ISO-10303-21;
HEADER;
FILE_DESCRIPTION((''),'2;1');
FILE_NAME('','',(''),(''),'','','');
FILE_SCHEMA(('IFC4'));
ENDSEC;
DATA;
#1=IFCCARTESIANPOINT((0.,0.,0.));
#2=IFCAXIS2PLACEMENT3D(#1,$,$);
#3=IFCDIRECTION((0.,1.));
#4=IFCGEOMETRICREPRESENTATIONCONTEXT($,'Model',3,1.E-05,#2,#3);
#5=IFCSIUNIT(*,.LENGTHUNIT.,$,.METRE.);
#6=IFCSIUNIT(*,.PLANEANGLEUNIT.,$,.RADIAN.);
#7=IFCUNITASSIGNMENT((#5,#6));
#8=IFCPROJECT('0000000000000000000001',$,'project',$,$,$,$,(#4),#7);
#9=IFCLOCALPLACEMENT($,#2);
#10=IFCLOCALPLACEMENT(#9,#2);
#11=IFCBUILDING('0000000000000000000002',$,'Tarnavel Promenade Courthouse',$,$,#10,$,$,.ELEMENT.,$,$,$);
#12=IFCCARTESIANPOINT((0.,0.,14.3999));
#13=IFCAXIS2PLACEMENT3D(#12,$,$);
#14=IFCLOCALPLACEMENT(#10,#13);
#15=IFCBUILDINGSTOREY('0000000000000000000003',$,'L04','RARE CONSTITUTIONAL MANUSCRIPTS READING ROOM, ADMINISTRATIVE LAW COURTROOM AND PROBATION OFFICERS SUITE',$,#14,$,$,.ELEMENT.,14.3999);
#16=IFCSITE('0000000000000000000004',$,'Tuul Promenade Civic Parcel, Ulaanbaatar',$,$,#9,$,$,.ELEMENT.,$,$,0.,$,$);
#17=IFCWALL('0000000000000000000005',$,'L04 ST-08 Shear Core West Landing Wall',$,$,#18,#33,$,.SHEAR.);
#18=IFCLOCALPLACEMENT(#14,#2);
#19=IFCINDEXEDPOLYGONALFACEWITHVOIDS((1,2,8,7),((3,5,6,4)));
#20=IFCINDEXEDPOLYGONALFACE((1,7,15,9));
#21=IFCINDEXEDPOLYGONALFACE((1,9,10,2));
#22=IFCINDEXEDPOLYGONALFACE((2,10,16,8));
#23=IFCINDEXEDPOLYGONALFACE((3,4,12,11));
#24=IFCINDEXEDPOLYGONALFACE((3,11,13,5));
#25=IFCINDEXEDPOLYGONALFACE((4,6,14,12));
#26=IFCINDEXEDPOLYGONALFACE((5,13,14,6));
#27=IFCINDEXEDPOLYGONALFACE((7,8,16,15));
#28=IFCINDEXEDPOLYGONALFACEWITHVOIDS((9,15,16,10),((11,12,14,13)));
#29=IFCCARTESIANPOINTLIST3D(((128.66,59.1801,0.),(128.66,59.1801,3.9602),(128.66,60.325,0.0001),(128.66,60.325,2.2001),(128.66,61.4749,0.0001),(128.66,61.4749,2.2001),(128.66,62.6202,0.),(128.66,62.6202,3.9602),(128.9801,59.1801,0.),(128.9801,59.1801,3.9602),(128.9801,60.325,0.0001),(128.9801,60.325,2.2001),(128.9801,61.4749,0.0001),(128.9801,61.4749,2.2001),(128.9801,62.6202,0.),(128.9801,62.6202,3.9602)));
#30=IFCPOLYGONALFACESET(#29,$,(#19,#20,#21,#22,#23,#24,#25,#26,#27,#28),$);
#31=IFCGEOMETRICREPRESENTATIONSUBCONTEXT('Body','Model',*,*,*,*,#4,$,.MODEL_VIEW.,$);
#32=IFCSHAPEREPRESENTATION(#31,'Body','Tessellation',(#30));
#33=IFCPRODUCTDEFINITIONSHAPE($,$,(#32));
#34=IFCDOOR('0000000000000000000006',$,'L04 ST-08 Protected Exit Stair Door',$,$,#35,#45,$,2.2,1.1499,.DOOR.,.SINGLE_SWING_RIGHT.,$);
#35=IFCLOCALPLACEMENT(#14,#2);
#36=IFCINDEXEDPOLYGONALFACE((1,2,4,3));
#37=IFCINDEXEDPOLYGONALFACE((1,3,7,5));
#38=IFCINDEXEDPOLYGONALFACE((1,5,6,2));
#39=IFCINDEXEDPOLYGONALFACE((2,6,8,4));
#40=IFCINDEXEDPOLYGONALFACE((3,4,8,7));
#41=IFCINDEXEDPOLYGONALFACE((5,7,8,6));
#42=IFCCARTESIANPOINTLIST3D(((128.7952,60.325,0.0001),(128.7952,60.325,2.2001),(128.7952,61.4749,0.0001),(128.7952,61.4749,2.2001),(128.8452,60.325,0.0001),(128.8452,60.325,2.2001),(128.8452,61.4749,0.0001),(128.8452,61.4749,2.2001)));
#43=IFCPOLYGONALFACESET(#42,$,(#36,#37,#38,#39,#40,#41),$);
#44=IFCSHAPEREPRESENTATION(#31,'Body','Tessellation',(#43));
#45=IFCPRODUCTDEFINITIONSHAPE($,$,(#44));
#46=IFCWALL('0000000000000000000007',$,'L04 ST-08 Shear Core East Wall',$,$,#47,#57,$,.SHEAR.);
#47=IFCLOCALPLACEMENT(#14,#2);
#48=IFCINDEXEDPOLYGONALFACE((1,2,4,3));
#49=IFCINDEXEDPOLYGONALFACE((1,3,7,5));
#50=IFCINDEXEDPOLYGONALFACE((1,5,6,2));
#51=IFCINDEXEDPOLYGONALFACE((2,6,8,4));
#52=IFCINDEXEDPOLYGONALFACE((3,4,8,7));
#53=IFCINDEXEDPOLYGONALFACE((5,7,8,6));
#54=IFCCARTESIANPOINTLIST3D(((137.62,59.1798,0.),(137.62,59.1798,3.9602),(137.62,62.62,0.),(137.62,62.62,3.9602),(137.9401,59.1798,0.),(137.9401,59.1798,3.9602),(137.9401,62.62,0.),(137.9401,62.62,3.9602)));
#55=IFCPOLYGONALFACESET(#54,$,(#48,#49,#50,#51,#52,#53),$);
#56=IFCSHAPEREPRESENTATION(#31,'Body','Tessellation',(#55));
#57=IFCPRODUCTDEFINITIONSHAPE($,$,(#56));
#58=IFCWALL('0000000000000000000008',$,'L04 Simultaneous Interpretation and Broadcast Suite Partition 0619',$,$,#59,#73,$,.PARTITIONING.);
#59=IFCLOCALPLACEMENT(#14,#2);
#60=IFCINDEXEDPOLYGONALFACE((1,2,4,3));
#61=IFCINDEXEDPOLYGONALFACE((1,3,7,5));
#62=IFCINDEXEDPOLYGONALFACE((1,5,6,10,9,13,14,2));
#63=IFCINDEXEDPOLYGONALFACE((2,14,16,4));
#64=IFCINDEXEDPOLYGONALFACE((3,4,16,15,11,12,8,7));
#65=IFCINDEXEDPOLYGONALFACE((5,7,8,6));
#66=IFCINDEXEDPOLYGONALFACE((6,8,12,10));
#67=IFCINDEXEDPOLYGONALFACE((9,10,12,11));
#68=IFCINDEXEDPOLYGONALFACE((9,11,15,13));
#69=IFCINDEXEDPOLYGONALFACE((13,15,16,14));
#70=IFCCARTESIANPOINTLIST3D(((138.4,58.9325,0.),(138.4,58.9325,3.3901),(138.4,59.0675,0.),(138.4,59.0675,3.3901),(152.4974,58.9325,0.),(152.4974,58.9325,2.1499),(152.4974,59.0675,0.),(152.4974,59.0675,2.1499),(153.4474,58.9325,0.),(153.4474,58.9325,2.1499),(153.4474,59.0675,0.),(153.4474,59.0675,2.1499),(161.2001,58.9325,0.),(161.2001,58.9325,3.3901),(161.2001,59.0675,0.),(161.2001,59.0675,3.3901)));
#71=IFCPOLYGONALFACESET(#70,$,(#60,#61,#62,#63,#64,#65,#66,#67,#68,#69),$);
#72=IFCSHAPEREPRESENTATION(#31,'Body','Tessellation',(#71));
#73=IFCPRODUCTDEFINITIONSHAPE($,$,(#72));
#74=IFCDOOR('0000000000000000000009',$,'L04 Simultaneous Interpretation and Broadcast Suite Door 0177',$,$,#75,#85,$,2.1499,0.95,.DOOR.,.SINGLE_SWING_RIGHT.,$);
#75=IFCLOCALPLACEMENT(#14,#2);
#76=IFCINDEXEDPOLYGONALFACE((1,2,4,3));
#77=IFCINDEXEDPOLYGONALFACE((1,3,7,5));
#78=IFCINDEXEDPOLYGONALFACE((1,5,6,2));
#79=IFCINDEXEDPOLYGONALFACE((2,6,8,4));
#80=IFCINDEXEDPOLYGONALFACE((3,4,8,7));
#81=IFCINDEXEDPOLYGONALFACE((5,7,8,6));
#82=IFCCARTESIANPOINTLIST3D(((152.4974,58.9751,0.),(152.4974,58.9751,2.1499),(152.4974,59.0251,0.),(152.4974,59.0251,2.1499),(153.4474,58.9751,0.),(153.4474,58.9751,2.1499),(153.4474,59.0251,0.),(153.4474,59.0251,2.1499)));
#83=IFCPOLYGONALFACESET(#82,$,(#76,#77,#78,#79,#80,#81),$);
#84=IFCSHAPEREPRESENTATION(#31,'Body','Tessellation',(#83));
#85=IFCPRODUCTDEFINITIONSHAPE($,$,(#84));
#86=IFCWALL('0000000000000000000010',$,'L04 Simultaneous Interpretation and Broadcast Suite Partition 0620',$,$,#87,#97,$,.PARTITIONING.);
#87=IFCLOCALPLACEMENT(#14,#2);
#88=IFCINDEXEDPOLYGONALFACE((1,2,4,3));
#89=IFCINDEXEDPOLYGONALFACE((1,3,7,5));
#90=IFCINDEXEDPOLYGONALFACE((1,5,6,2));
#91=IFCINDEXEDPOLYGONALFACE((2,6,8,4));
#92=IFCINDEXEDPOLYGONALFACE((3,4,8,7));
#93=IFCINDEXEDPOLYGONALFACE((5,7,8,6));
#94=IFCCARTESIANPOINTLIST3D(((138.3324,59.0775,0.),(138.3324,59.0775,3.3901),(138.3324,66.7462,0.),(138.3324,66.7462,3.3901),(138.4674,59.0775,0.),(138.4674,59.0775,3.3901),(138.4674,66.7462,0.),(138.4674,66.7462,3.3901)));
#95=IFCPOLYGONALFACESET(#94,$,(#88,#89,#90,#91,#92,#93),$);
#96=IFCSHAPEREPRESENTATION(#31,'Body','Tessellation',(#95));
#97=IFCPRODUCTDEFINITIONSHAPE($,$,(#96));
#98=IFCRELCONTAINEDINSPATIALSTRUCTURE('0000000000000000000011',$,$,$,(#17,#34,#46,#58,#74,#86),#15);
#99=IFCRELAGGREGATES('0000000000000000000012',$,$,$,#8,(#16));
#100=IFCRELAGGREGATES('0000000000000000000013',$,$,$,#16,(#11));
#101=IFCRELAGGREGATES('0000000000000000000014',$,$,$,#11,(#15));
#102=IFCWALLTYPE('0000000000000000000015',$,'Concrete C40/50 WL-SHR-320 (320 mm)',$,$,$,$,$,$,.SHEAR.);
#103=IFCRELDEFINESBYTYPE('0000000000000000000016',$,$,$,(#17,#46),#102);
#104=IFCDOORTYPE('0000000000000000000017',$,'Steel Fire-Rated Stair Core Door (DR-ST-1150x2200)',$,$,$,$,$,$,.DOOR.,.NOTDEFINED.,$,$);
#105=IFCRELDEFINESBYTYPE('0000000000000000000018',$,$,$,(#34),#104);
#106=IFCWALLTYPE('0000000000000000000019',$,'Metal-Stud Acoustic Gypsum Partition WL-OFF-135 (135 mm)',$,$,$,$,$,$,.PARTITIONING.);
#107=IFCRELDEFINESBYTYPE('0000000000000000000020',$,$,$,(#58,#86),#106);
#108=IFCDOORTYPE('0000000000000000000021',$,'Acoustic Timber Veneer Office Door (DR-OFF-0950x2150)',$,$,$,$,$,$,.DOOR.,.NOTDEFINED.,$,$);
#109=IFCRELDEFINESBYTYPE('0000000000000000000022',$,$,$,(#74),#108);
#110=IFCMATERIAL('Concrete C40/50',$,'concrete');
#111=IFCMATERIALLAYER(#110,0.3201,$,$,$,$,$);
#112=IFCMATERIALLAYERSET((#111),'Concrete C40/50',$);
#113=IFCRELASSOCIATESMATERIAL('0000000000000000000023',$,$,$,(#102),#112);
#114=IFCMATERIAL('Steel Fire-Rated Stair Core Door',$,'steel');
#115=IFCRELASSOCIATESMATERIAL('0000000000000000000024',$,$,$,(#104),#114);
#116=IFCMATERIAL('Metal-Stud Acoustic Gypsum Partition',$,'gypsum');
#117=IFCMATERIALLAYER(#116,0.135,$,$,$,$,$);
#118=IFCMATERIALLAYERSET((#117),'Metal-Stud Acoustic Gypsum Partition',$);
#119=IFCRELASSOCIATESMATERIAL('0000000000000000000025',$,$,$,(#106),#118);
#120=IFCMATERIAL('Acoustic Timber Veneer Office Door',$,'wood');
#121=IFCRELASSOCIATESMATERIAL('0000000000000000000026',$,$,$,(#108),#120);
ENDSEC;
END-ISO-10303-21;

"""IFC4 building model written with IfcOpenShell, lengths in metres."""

from ifc_helpers import new_model, si_unit, direction, frame, frame_2d, origin, place, context, subcontext, project, spatial, rectangle, extrude, material, layer, layer_set, type_object, element, fill, save


model = new_model("IFC4")

# Units and contexts
model_context = context("Model", 3, precision=1e-05, world=origin(), true_north=direction((0.0, 1.0)))
body_context = subcontext(model_context, "Body", "Model", "MODEL_VIEW")
ifc_project = project(units=[si_unit("LENGTHUNIT", "METRE"), si_unit("PLANEANGLEUNIT", "RADIAN")], contexts=[model_context])

# Site, building, storey
site_placement = place(None, origin())
site = spatial("IfcSite", under=ifc_project, at=site_placement, Name="Tuul Promenade Civic Parcel, Ulaanbaatar", CompositionType="ELEMENT", RefElevation=0.0)
building_placement = place(site_placement, origin())
building = spatial("IfcBuilding", under=site, at=building_placement, Name="Tarnavel Promenade Courthouse", CompositionType="ELEMENT")
storey_placement = place(building_placement, frame((0.0, 0.0, 14.3999)))
storey = spatial("IfcBuildingStorey", under=building, at=storey_placement, Name="L04", Description="RARE CONSTITUTIONAL MANUSCRIPTS READING ROOM, ADMINISTRATIVE LAW COURTROOM AND PROBATION OFFICERS SUITE", CompositionType="ELEMENT", Elevation=14.3999)

# Shared definitions
ifc_material_1 = material(Name="Concrete C40/50", Category="concrete")

# Shared definitions
ifc_layer_1 = layer(ifc_material_1, 0.3201)
ifc_layer_set_1 = layer_set([ifc_layer_1], Name="Concrete C40/50")
wall_type_1 = type_object("IfcWallType", Name="Concrete C40/50 WL-SHR-320 (320 mm)", PredefinedType="SHEAR", material=ifc_layer_set_1)

# Wall, opening, door
wall_1_placement = place(storey_placement, frame((128.8201, 59.1799, 0.0), z_axis=(0.0, 0.0, 1.0), x_axis=(0.0, 1.0, 0.0)))
wall_1 = element("IfcWall", 1, at=wall_1_placement, inside=storey, type_object=wall_type_1, Name="L04 ST-08 Shear Core West Landing Wall", PredefinedType="SHEAR", context=body_context, shape_type="SweptSolid", body=[
    extrude(rectangle(XDim=3.4402, YDim=0.3201, at=frame_2d((1.7202, 0.0))), origin(), (0.0, 0.0, 1.0), 3.9602),
])
opening_1_placement = place(wall_1_placement, frame((1.145, 0.0, 0.0)))
opening_1 = element("IfcOpeningElement", 2, at=opening_1_placement, cuts=wall_1, PredefinedType="OPENING", context=body_context, shape_type="SweptSolid", body=[
    extrude(rectangle(XDim=1.1499, YDim=2.2, at=frame_2d((0.575, 1.1001))), frame((0.0, 0.1699, 0.0), z_axis=(0.0, -1.0, 0.0), x_axis=(1.0, 0.0, 0.0)), (0.0, 0.0, 1.0), 0.3401),
])
ifc_material_2 = material(Name="Steel Fire-Rated Stair Core Door", Category="steel")
door_type_1 = type_object("IfcDoorType", Name="Steel Fire-Rated Stair Core Door (DR-ST-1150x2200)", OperationType="NOTDEFINED", PredefinedType="DOOR", material=ifc_material_2)
door_1_placement = place(opening_1_placement, origin())
door_1 = element("IfcDoor", 3, at=door_1_placement, inside=storey, type_object=door_type_1, Name="L04 ST-08 Protected Exit Stair Door", OperationType="SINGLE_SWING_RIGHT", OverallHeight=2.2, OverallWidth=1.1499, PredefinedType="DOOR", context=body_context, shape_type="SweptSolid", body=[
    extrude(rectangle(XDim=1.1499, YDim=2.2, at=frame_2d((0.575, 1.1001))), frame((0.0, 0.0249, 0.0), z_axis=(0.0, -1.0, 0.0), x_axis=(1.0, 0.0, 0.0)), (0.0, 0.0, 1.0), 0.05),
])
fill(opening_1, door_1)

# Wall
wall_2_placement = place(storey_placement, frame((137.78, 62.6201, 0.0), z_axis=(0.0, 0.0, 1.0), x_axis=(0.0, -1.0, 0.0)))
element("IfcWall", 4, at=wall_2_placement, inside=storey, type_object=wall_type_1, Name="L04 ST-08 Shear Core East Wall", PredefinedType="SHEAR", context=body_context, shape_type="SweptSolid", body=[
    extrude(rectangle(XDim=3.4402, YDim=0.3201, at=frame_2d((1.7202, 0.0))), origin(), (0.0, 0.0, 1.0), 3.9602),
])

# Wall, opening, door
ifc_material_3 = material(Name="Metal-Stud Acoustic Gypsum Partition", Category="gypsum")
ifc_layer_2 = layer(ifc_material_3, 0.135)
ifc_layer_set_2 = layer_set([ifc_layer_2], Name="Metal-Stud Acoustic Gypsum Partition")
wall_type_2 = type_object("IfcWallType", Name="Metal-Stud Acoustic Gypsum Partition WL-OFF-135 (135 mm)", PredefinedType="PARTITIONING", material=ifc_layer_set_2)
wall_3_placement = place(storey_placement, frame((161.2, 59.0, 0.0), z_axis=(0.0, 0.0, 1.0), x_axis=(-1.0, 0.0, 0.0)))
wall_3 = element("IfcWall", 5, at=wall_3_placement, inside=storey, type_object=wall_type_2, Name="L04 Simultaneous Interpretation and Broadcast Suite Partition 0619", PredefinedType="PARTITIONING", context=body_context, shape_type="SweptSolid", body=[
    extrude(rectangle(XDim=22.8, YDim=0.135, at=frame_2d((11.3999, 0.0))), origin(), (0.0, 0.0, 1.0), 3.3901),
])
opening_2_placement = place(wall_3_placement, frame((7.7524, 0.0, 0.0)))
opening_2 = element("IfcOpeningElement", 6, at=opening_2_placement, cuts=wall_3, PredefinedType="OPENING", context=body_context, shape_type="SweptSolid", body=[
    extrude(rectangle(XDim=0.95, YDim=2.1499, at=frame_2d((0.4751, 1.075))), frame((0.0, 0.0774, 0.0), z_axis=(0.0, -1.0, 0.0), x_axis=(1.0, 0.0, 0.0)), (0.0, 0.0, 1.0), 0.155),
])
ifc_material_4 = material(Name="Acoustic Timber Veneer Office Door", Category="wood")
door_type_2 = type_object("IfcDoorType", Name="Acoustic Timber Veneer Office Door (DR-OFF-0950x2150)", OperationType="NOTDEFINED", PredefinedType="DOOR", material=ifc_material_4)
door_2_placement = place(opening_2_placement, origin())
door_2 = element("IfcDoor", 7, at=door_2_placement, inside=storey, type_object=door_type_2, Name="L04 Simultaneous Interpretation and Broadcast Suite Door 0177", OperationType="SINGLE_SWING_RIGHT", OverallHeight=2.1499, OverallWidth=0.95, PredefinedType="DOOR", context=body_context, shape_type="SweptSolid", body=[
    extrude(rectangle(XDim=0.95, YDim=2.1499, at=frame_2d((0.4751, 1.075))), frame((0.0, 0.0249, 0.0), z_axis=(0.0, -1.0, 0.0), x_axis=(1.0, 0.0, 0.0)), (0.0, 0.0, 1.0), 0.05),
])
fill(opening_2, door_2)

# Wall
wall_4_placement = place(storey_placement, frame((138.3999, 59.0774, 0.0), z_axis=(0.0, 0.0, 1.0), x_axis=(0.0, 1.0, 0.0)))
element("IfcWall", 8, at=wall_4_placement, inside=storey, type_object=wall_type_2, Name="L04 Simultaneous Interpretation and Broadcast Suite Partition 0620", PredefinedType="PARTITIONING", context=body_context, shape_type="SweptSolid", body=[
    extrude(rectangle(XDim=7.6687, YDim=0.135, at=frame_2d((3.8345, 0.0))), origin(), (0.0, 0.0, 1.0), 3.3901),
])

save(model, "model.ifc")
